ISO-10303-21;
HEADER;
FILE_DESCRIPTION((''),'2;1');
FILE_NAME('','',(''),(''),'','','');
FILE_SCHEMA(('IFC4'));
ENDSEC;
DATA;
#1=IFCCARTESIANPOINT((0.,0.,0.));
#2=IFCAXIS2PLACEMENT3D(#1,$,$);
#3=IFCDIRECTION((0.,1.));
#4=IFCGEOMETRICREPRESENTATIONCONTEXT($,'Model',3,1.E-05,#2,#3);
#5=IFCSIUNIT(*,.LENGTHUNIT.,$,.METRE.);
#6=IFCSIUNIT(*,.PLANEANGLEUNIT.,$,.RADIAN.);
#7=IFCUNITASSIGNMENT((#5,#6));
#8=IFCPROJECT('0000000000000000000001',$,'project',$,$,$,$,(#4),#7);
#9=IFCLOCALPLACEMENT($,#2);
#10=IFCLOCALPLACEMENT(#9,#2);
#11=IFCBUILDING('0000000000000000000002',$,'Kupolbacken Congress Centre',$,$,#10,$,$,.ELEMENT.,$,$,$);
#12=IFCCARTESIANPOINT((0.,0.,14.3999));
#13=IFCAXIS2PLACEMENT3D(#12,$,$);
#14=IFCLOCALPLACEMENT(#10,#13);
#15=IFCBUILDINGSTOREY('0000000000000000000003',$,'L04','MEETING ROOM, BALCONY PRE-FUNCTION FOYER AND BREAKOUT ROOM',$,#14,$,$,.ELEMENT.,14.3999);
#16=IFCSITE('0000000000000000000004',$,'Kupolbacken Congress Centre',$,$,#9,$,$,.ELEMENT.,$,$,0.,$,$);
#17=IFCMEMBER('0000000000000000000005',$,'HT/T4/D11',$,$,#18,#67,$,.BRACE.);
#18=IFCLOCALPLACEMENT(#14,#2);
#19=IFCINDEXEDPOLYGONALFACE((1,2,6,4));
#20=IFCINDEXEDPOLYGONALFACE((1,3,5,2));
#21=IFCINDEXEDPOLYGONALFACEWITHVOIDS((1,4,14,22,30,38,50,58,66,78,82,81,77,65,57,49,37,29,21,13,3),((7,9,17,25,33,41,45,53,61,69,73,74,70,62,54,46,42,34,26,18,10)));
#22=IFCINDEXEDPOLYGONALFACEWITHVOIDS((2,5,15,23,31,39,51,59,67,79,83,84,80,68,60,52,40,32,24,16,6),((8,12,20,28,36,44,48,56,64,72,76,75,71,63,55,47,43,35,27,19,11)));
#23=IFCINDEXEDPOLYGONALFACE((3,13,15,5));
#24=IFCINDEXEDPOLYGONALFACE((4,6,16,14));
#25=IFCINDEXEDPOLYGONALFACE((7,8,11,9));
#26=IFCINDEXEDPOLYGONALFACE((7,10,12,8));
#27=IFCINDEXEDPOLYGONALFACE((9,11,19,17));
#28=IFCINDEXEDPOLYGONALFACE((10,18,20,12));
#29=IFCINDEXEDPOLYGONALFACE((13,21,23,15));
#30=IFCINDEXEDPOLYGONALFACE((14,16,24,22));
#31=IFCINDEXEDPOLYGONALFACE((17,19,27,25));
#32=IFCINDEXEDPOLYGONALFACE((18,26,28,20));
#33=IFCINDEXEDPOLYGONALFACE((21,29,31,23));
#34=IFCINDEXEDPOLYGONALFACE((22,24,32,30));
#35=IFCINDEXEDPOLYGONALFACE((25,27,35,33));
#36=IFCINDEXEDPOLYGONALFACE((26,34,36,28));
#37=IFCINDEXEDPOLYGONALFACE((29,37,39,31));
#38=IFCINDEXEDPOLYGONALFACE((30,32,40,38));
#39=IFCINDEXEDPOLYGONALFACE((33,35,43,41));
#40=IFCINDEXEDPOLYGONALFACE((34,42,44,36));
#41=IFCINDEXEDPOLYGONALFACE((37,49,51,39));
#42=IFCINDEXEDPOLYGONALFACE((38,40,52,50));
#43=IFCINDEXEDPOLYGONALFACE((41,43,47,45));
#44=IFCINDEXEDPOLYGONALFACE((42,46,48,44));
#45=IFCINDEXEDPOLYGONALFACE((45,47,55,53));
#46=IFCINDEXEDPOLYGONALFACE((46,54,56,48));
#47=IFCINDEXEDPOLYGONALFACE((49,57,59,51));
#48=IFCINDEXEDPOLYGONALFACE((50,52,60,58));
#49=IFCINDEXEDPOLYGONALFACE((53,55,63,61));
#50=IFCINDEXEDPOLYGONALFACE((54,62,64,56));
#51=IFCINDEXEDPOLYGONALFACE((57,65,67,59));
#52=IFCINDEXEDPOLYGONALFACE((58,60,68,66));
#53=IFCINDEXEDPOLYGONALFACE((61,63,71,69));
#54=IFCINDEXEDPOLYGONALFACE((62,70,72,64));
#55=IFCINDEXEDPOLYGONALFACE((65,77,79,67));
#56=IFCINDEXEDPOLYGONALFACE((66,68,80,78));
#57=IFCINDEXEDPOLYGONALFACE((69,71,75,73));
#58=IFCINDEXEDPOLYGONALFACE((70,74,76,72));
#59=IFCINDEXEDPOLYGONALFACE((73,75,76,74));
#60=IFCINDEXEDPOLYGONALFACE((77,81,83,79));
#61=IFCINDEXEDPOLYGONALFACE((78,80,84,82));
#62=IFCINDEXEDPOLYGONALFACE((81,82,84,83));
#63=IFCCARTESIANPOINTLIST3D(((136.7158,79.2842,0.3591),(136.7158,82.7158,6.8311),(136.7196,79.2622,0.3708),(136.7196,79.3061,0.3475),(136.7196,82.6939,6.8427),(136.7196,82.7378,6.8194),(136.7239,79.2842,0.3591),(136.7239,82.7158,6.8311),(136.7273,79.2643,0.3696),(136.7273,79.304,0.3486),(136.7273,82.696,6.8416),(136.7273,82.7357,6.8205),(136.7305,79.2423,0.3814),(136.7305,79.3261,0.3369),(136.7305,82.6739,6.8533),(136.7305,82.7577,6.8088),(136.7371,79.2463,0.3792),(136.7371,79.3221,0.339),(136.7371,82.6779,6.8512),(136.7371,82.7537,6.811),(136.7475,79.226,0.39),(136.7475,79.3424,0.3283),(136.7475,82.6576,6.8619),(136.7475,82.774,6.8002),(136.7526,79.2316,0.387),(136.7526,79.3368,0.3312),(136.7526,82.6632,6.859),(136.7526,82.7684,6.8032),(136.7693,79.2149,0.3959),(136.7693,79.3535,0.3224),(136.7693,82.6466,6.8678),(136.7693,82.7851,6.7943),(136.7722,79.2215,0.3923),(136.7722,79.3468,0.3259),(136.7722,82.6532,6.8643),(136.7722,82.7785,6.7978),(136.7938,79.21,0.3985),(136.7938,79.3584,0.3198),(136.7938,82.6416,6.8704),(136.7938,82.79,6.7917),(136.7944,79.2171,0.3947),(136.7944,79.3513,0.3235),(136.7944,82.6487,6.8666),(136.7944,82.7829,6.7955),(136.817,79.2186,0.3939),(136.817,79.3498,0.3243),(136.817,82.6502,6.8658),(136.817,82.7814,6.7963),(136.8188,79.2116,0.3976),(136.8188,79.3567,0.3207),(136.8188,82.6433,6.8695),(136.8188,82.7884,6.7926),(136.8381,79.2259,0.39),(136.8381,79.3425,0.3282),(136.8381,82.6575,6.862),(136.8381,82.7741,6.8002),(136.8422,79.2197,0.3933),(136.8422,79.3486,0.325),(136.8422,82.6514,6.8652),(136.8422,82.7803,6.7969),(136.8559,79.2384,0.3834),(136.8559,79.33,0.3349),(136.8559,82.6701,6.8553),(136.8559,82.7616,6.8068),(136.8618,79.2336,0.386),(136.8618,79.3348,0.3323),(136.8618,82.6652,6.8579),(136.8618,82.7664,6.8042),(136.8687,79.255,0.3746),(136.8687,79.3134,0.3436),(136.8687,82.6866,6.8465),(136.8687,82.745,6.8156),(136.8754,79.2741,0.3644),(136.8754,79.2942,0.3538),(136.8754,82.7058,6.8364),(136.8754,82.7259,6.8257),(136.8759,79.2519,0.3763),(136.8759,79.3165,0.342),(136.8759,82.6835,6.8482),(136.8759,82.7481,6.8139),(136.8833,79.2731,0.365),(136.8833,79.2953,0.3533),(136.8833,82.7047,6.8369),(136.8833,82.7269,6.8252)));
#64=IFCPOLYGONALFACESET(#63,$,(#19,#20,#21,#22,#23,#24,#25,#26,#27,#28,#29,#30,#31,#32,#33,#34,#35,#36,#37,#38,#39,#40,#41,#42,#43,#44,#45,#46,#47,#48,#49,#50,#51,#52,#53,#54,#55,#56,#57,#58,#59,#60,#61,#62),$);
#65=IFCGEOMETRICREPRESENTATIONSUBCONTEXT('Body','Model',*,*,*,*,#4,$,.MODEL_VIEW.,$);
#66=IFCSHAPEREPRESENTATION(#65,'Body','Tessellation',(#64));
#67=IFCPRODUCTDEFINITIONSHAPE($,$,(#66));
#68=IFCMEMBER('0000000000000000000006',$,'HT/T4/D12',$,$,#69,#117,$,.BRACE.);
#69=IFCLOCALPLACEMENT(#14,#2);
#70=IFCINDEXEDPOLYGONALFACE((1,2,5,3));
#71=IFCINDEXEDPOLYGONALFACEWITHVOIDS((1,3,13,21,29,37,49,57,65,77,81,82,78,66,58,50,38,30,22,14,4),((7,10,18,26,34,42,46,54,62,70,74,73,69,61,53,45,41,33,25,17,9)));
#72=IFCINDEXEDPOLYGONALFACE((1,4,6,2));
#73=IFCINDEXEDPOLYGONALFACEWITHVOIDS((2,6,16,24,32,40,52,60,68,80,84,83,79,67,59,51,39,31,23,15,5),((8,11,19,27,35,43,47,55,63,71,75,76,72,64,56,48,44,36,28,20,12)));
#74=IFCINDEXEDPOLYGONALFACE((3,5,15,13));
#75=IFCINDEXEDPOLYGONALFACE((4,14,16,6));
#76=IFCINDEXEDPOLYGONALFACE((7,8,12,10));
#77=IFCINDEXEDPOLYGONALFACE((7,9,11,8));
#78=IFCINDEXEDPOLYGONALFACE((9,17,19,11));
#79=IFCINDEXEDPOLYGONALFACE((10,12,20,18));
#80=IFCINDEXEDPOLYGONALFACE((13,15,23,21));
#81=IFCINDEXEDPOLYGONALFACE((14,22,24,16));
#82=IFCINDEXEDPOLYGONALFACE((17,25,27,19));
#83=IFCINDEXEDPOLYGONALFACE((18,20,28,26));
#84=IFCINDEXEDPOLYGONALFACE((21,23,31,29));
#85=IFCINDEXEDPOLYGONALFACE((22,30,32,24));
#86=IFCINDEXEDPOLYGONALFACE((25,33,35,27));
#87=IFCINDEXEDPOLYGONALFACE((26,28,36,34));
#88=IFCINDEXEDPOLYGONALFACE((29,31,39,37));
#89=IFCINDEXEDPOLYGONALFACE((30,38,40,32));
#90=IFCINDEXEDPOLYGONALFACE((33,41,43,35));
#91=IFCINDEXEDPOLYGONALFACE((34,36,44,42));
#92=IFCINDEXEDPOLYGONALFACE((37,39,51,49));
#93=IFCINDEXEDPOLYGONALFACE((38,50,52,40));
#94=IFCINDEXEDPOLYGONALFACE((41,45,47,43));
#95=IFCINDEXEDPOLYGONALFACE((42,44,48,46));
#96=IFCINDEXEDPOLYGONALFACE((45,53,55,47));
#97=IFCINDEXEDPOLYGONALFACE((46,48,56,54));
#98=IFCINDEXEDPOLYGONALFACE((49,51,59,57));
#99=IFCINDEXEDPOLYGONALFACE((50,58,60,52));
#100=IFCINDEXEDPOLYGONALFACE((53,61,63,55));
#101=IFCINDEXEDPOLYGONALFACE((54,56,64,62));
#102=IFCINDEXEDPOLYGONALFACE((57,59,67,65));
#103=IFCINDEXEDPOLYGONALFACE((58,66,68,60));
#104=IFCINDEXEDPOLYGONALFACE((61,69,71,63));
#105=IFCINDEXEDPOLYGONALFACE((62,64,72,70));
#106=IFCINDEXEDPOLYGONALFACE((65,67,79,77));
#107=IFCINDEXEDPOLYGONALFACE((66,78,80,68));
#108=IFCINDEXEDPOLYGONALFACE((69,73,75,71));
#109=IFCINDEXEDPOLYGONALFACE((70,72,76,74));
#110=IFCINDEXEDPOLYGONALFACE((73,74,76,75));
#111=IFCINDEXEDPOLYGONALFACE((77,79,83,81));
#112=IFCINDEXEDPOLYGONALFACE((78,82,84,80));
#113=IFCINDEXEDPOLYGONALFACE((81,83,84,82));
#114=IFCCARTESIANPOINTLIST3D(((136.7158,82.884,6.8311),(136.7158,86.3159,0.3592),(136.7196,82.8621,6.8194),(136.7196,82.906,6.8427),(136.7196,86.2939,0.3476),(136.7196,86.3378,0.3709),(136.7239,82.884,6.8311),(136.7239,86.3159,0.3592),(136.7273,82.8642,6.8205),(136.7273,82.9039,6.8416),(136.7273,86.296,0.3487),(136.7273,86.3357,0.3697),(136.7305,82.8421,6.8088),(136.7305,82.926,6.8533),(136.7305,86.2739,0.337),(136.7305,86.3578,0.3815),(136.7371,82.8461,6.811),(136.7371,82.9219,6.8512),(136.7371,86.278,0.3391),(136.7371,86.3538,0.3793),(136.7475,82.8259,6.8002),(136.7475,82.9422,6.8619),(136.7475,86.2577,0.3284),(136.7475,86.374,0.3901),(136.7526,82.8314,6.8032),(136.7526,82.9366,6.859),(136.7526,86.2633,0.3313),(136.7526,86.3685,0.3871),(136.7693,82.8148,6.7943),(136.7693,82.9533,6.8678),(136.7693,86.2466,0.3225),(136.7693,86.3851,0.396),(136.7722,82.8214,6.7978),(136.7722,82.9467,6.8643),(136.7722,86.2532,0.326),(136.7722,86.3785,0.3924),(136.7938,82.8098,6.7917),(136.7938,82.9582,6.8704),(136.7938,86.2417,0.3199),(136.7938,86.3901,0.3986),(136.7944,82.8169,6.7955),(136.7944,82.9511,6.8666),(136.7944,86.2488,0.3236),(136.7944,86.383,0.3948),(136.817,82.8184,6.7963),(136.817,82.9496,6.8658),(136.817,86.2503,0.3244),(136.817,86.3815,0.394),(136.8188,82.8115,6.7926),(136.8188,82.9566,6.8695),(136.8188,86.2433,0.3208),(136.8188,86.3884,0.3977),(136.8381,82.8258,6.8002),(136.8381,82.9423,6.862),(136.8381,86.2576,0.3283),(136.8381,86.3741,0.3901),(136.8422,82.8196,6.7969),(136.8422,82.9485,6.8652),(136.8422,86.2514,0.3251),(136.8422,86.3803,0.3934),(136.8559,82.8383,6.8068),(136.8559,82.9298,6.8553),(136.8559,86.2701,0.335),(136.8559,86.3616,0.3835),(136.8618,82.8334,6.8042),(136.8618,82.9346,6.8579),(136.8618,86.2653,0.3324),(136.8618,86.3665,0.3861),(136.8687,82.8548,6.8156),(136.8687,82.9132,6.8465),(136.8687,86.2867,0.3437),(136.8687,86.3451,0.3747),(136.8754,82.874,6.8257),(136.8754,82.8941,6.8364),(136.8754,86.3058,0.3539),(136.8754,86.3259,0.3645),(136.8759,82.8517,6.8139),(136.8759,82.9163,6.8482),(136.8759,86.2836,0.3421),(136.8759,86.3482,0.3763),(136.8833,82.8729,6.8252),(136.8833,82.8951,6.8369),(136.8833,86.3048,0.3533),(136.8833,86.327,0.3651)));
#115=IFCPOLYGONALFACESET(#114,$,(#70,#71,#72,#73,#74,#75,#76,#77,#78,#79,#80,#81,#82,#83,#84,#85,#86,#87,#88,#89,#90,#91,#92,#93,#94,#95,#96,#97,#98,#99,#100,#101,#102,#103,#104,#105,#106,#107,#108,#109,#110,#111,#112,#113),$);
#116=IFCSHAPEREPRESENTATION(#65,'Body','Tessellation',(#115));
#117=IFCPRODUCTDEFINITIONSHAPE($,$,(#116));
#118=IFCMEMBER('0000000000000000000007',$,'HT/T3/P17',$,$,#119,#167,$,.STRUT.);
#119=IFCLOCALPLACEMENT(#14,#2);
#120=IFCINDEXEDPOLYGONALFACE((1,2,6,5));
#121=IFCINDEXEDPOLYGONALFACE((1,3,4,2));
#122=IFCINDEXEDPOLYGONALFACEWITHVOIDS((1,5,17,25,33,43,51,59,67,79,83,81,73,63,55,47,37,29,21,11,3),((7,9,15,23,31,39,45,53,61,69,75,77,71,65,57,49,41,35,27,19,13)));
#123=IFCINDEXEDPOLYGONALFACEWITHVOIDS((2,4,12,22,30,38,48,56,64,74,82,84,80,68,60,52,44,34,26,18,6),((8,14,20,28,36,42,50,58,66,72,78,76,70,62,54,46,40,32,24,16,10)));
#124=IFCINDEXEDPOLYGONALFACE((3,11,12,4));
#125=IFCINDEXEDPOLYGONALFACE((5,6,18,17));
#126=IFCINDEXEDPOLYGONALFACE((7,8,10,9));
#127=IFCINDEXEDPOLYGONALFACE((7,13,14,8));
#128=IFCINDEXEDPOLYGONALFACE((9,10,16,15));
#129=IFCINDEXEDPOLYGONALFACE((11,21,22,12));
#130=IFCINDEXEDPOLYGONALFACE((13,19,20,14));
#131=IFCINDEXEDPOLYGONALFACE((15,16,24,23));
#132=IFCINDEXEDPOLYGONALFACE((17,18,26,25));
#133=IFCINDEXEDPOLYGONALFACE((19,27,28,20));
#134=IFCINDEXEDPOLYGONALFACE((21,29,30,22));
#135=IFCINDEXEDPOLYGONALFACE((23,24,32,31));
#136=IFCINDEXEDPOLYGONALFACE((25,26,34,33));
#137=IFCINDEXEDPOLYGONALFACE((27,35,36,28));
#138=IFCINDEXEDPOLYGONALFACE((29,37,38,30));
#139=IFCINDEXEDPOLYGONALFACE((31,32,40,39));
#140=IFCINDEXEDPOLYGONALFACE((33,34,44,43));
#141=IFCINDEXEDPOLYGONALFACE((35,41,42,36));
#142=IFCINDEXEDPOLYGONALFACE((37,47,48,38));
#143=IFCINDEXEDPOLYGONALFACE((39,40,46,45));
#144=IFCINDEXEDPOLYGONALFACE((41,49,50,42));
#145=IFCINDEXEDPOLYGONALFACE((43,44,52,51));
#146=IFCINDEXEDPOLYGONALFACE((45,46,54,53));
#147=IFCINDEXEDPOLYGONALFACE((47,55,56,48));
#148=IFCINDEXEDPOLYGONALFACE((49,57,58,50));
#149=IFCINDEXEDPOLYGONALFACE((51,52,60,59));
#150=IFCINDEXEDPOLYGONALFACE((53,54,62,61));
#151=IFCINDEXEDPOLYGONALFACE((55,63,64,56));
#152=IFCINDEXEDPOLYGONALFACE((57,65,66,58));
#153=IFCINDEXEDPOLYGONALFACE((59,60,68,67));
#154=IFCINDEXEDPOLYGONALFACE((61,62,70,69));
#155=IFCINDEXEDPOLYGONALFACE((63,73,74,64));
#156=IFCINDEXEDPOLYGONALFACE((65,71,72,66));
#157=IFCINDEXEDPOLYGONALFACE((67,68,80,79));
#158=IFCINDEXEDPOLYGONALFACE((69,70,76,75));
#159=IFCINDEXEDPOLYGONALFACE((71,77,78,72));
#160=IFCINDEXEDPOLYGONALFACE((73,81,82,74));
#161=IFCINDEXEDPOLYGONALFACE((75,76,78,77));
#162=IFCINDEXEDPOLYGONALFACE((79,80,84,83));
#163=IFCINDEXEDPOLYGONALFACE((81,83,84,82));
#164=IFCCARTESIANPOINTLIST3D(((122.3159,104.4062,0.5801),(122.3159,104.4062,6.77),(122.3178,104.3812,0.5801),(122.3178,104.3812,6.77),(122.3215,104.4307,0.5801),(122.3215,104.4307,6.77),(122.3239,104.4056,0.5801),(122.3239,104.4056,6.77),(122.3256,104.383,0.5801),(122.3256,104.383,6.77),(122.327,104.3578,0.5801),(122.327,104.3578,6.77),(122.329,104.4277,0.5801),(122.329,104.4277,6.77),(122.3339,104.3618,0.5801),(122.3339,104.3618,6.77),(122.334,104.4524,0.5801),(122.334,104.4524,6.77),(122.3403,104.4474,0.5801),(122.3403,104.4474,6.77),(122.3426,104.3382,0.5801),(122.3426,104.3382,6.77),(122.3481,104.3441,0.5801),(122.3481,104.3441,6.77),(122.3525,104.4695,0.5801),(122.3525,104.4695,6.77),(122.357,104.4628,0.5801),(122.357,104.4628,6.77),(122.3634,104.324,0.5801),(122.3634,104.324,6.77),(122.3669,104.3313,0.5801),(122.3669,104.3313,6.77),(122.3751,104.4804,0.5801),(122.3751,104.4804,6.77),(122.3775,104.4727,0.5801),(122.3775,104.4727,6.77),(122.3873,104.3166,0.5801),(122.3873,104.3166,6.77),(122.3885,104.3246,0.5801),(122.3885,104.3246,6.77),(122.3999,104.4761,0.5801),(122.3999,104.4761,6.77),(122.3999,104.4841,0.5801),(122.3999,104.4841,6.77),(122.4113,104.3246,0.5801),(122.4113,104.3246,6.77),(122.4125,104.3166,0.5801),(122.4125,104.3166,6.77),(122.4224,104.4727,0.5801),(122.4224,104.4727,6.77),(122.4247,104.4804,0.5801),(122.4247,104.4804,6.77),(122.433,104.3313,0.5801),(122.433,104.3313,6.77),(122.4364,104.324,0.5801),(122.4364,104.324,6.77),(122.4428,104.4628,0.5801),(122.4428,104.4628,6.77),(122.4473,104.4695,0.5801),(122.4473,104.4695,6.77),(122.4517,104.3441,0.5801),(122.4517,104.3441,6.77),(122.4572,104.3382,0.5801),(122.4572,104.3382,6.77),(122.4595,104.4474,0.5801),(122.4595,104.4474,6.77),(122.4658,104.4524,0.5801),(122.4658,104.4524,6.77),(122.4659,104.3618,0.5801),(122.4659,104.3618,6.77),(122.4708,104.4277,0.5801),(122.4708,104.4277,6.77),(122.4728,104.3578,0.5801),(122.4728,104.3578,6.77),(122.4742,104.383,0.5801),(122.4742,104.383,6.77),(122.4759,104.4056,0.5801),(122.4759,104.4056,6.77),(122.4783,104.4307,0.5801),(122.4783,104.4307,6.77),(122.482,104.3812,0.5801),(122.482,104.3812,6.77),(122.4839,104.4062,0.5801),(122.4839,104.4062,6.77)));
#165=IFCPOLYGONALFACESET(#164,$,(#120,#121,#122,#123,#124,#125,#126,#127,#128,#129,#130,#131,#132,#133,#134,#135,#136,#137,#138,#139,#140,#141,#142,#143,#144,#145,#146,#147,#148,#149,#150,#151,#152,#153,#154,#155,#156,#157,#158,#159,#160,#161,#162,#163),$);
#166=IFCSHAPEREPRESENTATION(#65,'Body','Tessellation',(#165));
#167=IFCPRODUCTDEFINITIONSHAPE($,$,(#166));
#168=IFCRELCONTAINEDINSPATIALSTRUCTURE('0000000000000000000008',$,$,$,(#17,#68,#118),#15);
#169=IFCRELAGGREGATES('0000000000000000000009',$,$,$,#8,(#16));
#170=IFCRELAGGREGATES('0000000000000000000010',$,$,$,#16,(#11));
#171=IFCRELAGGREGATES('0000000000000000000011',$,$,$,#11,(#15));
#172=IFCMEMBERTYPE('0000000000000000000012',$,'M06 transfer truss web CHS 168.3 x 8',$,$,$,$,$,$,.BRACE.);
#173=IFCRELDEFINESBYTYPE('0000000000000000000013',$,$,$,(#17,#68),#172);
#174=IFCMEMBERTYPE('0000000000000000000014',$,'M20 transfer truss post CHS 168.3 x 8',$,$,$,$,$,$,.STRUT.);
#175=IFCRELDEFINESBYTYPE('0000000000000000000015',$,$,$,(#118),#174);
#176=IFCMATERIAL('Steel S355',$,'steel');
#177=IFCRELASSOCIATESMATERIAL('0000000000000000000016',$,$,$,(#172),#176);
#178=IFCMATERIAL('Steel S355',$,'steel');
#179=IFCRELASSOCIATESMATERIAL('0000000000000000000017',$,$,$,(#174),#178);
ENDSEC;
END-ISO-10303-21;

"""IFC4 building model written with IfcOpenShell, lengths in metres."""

from ifc_helpers import new_model, si_unit, direction, frame, origin, origin_2d, place, context, subcontext, project, spatial, hollow_circle, extrude, material, material_profile, profile_set, type_object, element, save


model = new_model("IFC4")

# Units and contexts
model_context = context("Model", 3, precision=1e-05, world=origin(), true_north=direction((0.0, 1.0)))
body_context = subcontext(model_context, "Body", "Model", "MODEL_VIEW")
ifc_project = project(units=[si_unit("LENGTHUNIT", "METRE"), si_unit("PLANEANGLEUNIT", "RADIAN")], contexts=[model_context])

# Site, building, storey
site_placement = place(None, origin())
site = spatial("IfcSite", under=ifc_project, at=site_placement, Name="Kupolbacken Congress Centre", CompositionType="ELEMENT", RefElevation=0.0)
building_placement = place(site_placement, origin())
building = spatial("IfcBuilding", under=site, at=building_placement, Name="Kupolbacken Congress Centre", CompositionType="ELEMENT")
storey_placement = place(building_placement, frame((0.0, 0.0, 14.3999)))
storey = spatial("IfcBuildingStorey", under=building, at=storey_placement, Name="L04", Description="MEETING ROOM, BALCONY PRE-FUNCTION FOYER AND BREAKOUT ROOM", CompositionType="ELEMENT", Elevation=14.3999)

# Members
ifc_material_1 = material(Name="Steel S355", Category="steel")
ifc_material_profile_1 = material_profile(ifc_material_1, hollow_circle(Radius=0.0842, WallThickness=0.0081, at=origin_2d()), Name="CHS 168.3 x 8")
ifc_profile_set_1 = profile_set([ifc_material_profile_1], Name="Steel S355")
member_type_1 = type_object("IfcMemberType", Name="M06 transfer truss web CHS 168.3 x 8", PredefinedType="BRACE", material=ifc_profile_set_1)
for number, where, z_axis, x_axis, name in (
    (1, (136.8, 79.2842, 0.3591), (0.0, 0.468456, 0.883487), (-1.0, 0.0, 0.0), "HT/T4/D11"),
    (2, (136.8, 82.884, 6.8311), (0.0, 0.468482, -0.883473), (-1.0, 0.0, 0.0), "HT/T4/D12"),
):
    element("IfcMember", number, at=place(storey_placement, frame(where, z_axis=z_axis, x_axis=x_axis)), inside=storey, type_object=member_type_1, Name=name, PredefinedType="BRACE", context=body_context, shape_type="SweptSolid", body=[
        extrude(hollow_circle(Radius=0.0842, WallThickness=0.0081, at=origin_2d()), origin(), (0.0, 0.0, 1.0), 7.3254),
    ])
ifc_material_2 = material(Name="Steel S355", Category="steel")
ifc_material_profile_2 = material_profile(ifc_material_2, hollow_circle(Radius=0.0842, WallThickness=0.0081, at=origin_2d()), Name="CHS 168.3 x 8")
ifc_profile_set_2 = profile_set([ifc_material_profile_2], Name="Steel S355")
member_type_2 = type_object("IfcMemberType", Name="M20 transfer truss post CHS 168.3 x 8", PredefinedType="STRUT", material=ifc_profile_set_2)
member_1_placement = place(storey_placement, frame((122.3999, 104.3999, 0.5801), z_axis=(0.0, 0.0, 1.0), x_axis=(0.0, 1.0, 0.0)))
element("IfcMember", 3, at=member_1_placement, inside=storey, type_object=member_type_2, Name="HT/T3/P17", PredefinedType="STRUT", context=body_context, shape_type="SweptSolid", body=[
    extrude(hollow_circle(Radius=0.0842, WallThickness=0.0081, at=origin_2d()), origin(), (0.0, 0.0, 1.0), 6.1899),
])

save(model, "model.ifc")
